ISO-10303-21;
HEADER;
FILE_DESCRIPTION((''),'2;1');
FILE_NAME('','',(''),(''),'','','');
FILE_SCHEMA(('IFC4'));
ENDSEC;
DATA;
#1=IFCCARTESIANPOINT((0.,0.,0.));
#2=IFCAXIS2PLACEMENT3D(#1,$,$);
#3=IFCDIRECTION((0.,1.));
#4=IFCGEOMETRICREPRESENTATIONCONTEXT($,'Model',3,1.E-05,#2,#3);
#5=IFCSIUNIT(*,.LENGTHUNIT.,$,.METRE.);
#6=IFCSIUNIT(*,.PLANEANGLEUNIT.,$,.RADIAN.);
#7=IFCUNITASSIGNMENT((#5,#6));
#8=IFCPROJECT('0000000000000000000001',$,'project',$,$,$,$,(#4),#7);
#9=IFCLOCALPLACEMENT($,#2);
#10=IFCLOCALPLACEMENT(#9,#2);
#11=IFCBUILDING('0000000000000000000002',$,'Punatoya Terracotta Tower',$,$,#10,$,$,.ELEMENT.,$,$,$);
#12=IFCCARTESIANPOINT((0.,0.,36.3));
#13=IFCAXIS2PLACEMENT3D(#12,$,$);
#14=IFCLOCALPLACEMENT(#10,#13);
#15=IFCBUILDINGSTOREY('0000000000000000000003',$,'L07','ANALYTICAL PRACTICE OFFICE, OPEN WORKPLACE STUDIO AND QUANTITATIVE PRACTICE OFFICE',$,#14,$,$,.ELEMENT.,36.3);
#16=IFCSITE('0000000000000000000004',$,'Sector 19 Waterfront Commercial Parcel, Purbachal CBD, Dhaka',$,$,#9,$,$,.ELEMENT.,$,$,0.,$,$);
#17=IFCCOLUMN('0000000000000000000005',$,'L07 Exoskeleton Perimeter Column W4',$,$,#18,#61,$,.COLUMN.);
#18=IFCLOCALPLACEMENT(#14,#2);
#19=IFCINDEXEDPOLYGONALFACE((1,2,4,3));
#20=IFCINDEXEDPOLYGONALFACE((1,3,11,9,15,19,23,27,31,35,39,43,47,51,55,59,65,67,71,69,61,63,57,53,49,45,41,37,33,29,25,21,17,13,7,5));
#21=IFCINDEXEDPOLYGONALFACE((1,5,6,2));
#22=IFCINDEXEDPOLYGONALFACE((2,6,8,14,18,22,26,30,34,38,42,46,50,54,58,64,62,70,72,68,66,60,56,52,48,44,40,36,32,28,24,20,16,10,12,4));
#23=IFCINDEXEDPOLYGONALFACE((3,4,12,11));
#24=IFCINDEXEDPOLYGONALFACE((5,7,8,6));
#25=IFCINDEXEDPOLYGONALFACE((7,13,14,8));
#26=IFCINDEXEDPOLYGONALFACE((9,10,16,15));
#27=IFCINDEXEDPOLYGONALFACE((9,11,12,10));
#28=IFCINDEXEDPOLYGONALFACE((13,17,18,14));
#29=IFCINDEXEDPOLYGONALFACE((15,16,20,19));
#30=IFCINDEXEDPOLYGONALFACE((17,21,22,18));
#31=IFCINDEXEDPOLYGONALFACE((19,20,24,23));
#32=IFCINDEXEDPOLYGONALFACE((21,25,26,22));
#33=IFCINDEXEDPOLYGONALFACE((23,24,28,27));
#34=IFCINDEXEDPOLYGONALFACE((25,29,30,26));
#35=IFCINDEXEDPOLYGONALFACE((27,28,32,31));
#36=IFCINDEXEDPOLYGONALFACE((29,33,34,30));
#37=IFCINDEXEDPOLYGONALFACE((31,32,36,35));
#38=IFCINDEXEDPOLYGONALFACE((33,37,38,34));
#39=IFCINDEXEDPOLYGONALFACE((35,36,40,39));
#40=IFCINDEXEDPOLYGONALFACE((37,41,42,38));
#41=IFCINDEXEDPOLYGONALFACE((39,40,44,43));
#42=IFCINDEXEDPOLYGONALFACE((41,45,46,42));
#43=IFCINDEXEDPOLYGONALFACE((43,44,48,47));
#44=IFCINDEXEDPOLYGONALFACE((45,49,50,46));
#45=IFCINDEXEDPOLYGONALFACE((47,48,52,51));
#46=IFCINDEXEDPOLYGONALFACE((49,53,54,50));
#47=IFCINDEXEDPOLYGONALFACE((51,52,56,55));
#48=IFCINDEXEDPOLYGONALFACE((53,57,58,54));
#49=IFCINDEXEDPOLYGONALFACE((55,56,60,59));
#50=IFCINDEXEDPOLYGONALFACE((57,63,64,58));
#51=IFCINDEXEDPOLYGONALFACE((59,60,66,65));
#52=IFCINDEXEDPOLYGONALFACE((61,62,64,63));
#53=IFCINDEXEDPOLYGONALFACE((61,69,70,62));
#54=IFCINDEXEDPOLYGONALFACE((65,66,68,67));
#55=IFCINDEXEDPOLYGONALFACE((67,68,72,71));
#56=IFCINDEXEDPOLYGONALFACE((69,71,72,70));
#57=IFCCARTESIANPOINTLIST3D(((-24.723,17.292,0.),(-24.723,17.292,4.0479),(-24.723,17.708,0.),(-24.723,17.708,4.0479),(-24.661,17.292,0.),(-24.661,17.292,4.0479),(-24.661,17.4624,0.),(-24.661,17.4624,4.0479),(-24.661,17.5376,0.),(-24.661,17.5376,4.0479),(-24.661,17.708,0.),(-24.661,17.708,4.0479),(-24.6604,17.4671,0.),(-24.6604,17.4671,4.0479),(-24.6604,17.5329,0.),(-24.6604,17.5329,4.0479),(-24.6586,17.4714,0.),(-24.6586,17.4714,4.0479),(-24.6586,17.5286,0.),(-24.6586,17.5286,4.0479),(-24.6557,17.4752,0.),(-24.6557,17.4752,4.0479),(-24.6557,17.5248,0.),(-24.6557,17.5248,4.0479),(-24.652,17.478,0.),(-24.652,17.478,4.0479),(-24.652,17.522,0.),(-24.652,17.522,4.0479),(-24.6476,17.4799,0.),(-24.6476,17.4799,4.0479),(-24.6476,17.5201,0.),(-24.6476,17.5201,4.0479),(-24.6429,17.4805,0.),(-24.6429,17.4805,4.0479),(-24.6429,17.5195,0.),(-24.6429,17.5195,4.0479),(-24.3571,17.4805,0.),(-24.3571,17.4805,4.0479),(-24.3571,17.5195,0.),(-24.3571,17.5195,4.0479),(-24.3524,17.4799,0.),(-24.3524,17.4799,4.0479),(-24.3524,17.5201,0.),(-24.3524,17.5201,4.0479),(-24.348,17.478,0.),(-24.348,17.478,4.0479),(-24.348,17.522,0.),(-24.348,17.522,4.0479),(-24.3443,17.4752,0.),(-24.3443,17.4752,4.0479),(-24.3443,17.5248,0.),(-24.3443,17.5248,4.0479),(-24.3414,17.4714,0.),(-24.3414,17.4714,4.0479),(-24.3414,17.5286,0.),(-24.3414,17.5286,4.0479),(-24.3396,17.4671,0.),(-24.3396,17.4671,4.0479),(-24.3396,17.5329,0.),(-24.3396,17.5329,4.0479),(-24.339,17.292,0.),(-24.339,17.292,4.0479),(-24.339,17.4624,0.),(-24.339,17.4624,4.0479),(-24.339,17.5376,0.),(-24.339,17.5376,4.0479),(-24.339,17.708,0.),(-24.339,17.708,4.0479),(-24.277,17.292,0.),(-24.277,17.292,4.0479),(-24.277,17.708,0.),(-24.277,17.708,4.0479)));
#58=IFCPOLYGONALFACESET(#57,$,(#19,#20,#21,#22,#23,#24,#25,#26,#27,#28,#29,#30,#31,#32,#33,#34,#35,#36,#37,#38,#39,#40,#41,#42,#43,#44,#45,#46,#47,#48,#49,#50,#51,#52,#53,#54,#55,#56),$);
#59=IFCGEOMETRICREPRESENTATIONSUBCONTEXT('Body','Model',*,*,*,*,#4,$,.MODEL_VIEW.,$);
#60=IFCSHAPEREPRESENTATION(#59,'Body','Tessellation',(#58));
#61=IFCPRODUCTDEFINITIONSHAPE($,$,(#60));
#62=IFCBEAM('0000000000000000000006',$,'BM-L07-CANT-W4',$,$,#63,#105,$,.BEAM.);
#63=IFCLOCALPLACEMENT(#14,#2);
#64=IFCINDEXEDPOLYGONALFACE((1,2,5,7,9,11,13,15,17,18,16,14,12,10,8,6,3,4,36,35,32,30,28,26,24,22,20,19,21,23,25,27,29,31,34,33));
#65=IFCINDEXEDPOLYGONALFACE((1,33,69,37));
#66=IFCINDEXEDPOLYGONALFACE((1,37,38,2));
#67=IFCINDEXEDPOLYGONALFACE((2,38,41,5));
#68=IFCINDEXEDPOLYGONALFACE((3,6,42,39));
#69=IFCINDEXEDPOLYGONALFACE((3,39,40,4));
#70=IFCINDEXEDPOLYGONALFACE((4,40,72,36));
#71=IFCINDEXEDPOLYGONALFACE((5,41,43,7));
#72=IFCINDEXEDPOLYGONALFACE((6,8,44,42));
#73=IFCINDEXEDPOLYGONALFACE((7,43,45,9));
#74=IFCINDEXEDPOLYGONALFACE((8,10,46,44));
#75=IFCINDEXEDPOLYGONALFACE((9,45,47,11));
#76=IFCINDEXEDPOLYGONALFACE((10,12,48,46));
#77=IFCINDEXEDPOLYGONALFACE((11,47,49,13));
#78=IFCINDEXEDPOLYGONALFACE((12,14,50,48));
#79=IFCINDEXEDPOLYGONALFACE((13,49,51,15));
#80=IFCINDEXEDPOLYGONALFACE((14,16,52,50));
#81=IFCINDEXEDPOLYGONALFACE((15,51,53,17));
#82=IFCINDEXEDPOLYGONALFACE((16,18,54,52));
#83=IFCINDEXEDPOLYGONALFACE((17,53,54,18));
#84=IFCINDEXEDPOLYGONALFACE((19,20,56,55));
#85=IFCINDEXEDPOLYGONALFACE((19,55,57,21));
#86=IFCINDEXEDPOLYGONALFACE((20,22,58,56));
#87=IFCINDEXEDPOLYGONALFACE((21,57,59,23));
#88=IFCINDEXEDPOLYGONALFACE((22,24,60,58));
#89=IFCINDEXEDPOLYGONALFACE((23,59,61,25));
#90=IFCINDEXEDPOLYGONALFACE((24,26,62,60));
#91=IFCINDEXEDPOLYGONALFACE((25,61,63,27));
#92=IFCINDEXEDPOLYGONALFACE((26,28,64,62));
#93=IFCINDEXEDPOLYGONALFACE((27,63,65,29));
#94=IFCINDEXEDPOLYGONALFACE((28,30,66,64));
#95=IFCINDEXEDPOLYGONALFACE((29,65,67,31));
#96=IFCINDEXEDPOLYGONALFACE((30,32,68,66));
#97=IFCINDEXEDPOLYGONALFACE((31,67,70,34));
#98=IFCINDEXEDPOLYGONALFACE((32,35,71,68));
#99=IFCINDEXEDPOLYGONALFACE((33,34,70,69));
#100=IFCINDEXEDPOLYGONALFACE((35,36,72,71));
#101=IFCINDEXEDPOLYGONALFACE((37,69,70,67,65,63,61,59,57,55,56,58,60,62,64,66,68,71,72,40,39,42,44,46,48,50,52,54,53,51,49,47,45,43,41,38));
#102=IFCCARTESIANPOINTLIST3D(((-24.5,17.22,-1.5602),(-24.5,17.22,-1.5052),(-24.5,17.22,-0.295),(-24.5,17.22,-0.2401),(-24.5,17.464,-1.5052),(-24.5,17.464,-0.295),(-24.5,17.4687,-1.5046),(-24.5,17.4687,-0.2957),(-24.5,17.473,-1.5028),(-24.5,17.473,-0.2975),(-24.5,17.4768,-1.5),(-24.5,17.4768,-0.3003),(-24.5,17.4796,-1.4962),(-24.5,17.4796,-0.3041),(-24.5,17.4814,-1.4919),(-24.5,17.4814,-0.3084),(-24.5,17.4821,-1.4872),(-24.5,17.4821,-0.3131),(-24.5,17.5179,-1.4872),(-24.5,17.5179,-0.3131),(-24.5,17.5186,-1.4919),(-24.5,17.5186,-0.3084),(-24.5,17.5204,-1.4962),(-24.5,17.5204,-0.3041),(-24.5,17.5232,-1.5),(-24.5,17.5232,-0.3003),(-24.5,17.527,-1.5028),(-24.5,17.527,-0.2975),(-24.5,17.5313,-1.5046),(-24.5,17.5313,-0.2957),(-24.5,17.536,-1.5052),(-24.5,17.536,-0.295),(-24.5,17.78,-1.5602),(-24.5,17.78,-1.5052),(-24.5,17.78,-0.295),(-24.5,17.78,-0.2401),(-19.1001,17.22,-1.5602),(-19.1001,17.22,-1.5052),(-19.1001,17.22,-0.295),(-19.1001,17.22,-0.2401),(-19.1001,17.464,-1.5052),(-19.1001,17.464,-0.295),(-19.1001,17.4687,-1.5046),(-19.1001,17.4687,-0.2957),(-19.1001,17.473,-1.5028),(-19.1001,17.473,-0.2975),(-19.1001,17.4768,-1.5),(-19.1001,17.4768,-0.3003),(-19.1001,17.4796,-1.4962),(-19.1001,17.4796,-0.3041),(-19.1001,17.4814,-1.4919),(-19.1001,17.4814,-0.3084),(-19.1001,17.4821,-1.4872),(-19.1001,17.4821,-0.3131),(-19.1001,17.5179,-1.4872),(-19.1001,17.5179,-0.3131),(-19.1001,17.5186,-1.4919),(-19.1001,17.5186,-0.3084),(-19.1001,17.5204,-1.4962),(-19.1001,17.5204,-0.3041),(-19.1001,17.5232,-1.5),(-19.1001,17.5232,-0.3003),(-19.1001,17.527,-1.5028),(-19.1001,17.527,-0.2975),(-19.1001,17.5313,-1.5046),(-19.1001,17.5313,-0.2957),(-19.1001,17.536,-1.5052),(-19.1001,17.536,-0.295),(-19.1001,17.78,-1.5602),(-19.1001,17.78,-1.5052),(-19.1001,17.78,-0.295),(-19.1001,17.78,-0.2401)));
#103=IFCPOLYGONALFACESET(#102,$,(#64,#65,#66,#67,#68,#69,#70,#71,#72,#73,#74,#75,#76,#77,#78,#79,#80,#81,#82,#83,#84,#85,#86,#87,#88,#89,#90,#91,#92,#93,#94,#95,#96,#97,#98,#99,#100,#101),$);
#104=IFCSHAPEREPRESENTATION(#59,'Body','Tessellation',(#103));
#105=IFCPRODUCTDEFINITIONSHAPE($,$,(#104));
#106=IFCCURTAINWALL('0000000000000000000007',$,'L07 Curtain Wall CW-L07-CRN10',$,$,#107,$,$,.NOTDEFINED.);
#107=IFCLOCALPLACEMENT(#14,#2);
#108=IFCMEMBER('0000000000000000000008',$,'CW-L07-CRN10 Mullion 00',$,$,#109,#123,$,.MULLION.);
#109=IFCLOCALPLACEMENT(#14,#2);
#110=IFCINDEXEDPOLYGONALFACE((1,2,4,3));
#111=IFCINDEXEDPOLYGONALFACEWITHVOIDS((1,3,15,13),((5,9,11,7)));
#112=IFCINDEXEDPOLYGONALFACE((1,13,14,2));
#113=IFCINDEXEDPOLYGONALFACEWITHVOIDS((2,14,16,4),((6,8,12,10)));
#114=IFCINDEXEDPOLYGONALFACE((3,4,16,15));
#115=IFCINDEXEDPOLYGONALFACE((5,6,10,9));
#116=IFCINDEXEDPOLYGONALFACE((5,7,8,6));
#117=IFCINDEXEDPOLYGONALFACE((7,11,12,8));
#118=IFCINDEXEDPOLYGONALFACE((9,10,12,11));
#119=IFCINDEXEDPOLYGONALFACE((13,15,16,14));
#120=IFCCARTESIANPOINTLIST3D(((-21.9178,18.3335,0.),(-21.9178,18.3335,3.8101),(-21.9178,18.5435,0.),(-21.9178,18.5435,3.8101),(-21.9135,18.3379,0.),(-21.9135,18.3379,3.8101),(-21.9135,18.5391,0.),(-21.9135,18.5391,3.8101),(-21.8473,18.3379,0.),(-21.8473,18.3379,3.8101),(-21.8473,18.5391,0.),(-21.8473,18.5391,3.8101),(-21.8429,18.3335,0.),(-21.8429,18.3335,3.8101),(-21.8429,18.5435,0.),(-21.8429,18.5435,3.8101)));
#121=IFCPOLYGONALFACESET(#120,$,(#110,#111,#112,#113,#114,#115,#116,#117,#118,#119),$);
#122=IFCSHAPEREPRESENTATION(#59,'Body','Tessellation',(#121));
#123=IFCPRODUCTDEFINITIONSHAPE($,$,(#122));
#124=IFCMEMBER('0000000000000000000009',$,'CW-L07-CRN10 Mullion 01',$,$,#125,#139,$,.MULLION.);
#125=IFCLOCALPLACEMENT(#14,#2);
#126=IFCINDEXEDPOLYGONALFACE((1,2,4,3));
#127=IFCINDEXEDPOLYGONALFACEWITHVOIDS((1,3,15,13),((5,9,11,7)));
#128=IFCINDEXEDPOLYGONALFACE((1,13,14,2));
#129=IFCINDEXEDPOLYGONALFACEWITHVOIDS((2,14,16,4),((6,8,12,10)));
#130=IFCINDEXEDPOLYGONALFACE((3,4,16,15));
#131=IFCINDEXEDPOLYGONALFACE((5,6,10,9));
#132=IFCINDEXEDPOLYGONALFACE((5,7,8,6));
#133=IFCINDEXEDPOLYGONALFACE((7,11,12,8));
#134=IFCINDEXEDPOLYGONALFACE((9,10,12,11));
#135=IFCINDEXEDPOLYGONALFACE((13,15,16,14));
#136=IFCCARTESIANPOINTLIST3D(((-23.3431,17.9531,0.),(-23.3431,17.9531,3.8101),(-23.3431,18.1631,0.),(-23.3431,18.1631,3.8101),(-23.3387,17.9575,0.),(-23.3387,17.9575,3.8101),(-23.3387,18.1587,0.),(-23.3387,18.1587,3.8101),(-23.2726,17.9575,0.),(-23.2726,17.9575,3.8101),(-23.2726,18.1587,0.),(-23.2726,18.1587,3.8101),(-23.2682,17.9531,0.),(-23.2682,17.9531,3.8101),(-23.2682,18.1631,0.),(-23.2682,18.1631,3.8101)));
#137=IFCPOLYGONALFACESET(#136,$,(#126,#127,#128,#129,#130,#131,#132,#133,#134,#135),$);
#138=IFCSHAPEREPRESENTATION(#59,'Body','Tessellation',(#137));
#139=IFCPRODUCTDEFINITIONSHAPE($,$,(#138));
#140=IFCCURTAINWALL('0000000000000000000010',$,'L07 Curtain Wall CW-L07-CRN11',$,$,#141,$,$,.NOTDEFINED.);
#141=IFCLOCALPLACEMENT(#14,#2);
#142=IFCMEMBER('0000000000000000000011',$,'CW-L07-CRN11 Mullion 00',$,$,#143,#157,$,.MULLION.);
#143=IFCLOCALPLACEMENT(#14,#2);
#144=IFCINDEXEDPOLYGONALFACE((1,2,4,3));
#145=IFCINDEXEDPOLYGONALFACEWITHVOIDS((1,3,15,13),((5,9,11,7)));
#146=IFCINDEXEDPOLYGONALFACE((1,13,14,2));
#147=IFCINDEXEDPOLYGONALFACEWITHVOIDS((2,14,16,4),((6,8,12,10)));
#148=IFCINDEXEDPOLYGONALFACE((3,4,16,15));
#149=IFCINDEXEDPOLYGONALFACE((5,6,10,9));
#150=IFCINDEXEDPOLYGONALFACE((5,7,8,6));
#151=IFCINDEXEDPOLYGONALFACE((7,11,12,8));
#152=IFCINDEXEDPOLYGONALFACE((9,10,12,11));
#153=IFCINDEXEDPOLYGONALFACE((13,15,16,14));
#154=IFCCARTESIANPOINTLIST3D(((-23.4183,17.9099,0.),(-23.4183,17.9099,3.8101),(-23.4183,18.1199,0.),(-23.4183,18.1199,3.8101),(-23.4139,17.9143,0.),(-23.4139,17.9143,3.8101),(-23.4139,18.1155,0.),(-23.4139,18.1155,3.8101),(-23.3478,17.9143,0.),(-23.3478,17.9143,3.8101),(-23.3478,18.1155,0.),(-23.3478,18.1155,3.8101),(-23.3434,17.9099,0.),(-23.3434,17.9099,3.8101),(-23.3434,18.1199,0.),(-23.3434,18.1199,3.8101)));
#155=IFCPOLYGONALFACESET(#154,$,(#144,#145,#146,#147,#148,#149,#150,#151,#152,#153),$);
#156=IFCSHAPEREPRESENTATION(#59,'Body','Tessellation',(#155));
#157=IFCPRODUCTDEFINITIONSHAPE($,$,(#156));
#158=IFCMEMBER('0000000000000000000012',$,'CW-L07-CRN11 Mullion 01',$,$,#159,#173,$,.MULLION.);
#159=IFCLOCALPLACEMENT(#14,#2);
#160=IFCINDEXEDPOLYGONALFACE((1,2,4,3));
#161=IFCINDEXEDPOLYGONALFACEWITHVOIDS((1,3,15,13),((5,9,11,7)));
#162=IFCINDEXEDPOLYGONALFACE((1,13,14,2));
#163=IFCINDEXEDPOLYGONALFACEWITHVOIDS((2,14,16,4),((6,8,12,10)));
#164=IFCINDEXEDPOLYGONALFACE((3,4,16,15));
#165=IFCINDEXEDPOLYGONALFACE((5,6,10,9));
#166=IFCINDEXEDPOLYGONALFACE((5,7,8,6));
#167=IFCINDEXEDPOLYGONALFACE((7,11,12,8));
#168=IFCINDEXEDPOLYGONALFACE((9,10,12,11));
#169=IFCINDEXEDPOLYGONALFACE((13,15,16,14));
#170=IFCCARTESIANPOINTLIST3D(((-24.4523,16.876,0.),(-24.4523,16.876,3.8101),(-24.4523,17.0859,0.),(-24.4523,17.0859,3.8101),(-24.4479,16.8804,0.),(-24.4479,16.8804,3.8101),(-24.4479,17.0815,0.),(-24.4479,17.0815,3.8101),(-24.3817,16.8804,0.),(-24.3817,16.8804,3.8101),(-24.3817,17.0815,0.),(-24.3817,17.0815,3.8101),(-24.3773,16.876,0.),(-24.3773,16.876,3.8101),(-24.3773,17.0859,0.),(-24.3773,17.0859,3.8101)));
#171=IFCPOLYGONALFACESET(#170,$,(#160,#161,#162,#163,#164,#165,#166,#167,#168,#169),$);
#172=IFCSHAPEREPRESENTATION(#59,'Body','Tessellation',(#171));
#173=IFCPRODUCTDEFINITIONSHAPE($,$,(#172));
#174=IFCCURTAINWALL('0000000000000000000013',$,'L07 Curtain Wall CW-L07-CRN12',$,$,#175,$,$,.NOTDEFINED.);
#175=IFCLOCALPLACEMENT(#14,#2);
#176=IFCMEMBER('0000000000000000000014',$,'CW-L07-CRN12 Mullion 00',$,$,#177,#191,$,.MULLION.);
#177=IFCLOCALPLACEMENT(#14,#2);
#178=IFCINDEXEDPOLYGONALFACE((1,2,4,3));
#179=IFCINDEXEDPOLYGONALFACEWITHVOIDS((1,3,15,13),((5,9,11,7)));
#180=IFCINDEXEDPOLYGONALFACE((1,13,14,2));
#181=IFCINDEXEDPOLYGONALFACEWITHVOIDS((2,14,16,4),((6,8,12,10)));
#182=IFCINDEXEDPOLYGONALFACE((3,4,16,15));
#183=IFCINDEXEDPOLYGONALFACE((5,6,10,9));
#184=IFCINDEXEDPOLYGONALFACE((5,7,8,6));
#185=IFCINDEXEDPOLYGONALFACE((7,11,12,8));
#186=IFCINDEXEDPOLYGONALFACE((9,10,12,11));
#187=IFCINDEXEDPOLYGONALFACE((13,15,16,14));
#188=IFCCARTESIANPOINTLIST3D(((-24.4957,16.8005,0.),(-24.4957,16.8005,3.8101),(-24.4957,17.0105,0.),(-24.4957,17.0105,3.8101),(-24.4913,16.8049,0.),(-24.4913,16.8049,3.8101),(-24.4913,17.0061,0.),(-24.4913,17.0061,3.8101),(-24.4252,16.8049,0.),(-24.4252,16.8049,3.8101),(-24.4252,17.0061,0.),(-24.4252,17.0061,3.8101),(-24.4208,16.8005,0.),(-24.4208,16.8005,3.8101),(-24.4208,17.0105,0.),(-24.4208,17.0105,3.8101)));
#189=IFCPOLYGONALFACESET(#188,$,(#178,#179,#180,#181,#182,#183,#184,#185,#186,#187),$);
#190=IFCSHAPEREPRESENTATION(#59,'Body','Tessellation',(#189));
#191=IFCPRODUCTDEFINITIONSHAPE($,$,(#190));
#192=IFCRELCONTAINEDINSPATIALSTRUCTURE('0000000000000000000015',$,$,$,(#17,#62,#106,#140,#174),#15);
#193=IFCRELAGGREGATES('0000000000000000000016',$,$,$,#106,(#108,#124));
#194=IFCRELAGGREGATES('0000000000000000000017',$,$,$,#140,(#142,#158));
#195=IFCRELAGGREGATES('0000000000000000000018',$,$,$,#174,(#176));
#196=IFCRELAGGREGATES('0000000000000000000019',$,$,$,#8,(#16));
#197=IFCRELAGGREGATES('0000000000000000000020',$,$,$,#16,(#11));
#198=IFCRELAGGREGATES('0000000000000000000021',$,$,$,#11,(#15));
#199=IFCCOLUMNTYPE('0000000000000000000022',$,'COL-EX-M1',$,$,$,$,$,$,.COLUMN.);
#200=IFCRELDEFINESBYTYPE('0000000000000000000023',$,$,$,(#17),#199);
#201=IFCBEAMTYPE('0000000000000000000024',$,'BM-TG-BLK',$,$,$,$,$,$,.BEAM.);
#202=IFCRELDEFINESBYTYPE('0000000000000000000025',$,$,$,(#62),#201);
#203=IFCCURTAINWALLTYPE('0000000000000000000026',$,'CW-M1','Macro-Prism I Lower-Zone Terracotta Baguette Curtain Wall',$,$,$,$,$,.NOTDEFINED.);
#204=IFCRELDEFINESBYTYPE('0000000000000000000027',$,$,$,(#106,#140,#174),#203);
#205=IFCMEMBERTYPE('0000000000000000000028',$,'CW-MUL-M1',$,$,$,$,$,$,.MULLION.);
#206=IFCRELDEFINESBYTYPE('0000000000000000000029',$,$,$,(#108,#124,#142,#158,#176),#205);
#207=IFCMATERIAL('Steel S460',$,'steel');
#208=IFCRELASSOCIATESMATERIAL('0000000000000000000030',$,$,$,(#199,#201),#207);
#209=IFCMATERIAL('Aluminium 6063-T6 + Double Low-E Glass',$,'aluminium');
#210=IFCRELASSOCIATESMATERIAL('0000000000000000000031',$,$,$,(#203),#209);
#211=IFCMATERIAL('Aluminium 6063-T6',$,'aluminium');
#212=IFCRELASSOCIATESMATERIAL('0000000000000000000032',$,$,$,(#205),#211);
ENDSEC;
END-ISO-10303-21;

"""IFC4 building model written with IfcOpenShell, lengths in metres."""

from ifc_helpers import new_model, si_unit, direction, frame, origin, origin_2d, place, context, subcontext, project, spatial, hollow_rectangle, i_section, extrude, material, material_profile, profile_set, type_object, element, aggregate, save


model = new_model("IFC4")

# Units and contexts
model_context = context("Model", 3, precision=1e-05, world=origin(), true_north=direction((0.0, 1.0)))
body_context = subcontext(model_context, "Body", "Model", "MODEL_VIEW")
ifc_project = project(units=[si_unit("LENGTHUNIT", "METRE"), si_unit("PLANEANGLEUNIT", "RADIAN")], contexts=[model_context])

# Site, building, storey
site_placement = place(None, origin())
site = spatial("IfcSite", under=ifc_project, at=site_placement, Name="Sector 19 Waterfront Commercial Parcel, Purbachal CBD, Dhaka", CompositionType="ELEMENT", RefElevation=0.0)
building_placement = place(site_placement, origin())
building = spatial("IfcBuilding", under=site, at=building_placement, Name="Punatoya Terracotta Tower", CompositionType="ELEMENT")
storey_placement = place(building_placement, frame((0.0, 0.0, 36.3)))
storey = spatial("IfcBuildingStorey", under=building, at=storey_placement, Name="L07", Description="ANALYTICAL PRACTICE OFFICE, OPEN WORKPLACE STUDIO AND QUANTITATIVE PRACTICE OFFICE", CompositionType="ELEMENT", Elevation=36.3)

# Column
ifc_material_1 = material(Name="Steel S460", Category="steel")
ifc_material_profile_1 = material_profile(ifc_material_1, i_section(OverallWidth=0.416, OverallDepth=0.446, WebThickness=0.0391, FlangeThickness=0.062, FilletRadius=0.0181, at=origin_2d()))
ifc_profile_set_1 = profile_set([ifc_material_profile_1], Name="Steel S460")
column_type = type_object("IfcColumnType", Name="COL-EX-M1", PredefinedType="COLUMN", material=ifc_profile_set_1)
column_placement = place(storey_placement, frame((-24.5, 17.5, 0.0), z_axis=(0.0, 0.0, 1.0), x_axis=(0.0, 1.0, 0.0)))
element("IfcColumn", 1, at=column_placement, inside=storey, type_object=column_type, Name="L07 Exoskeleton Perimeter Column W4", PredefinedType="COLUMN", context=body_context, shape_type="SweptSolid", body=[
    extrude(i_section(OverallWidth=0.416, OverallDepth=0.446, WebThickness=0.0391, FlangeThickness=0.062, FilletRadius=0.0181, at=origin_2d()), origin(), (0.0, 0.0, 1.0), 4.0479),
])

# Beam
ifc_material_profile_2 = material_profile(ifc_material_1, i_section(OverallWidth=0.5601, OverallDepth=1.3201, WebThickness=0.0359, FlangeThickness=0.0549, FilletRadius=0.0181, at=origin_2d()))
ifc_profile_set_2 = profile_set([ifc_material_profile_2], Name="Steel S460")
beam_type = type_object("IfcBeamType", Name="BM-TG-BLK", PredefinedType="BEAM", material=ifc_profile_set_2)
beam_placement = place(storey_placement, frame((-24.5, 17.5, -0.9001), z_axis=(1.0, 0.0, 0.0), x_axis=(0.0, 1.0, 0.0)))
element("IfcBeam", 2, at=beam_placement, inside=storey, type_object=beam_type, Name="BM-L07-CANT-W4", PredefinedType="BEAM", context=body_context, shape_type="SweptSolid", body=[
    extrude(i_section(OverallWidth=0.5601, OverallDepth=1.3201, WebThickness=0.0359, FlangeThickness=0.0549, FilletRadius=0.0181, at=origin_2d()), origin(), (0.0, 0.0, 1.0), 5.3999),
])

# Curtain walls, members
ifc_material_2 = material(Name="Aluminium 6063-T6 + Double Low-E Glass", Category="aluminium")
curtain_wall_type = type_object("IfcCurtainWallType", Name="CW-M1", Description="Macro-Prism I Lower-Zone Terracotta Baguette Curtain Wall", PredefinedType="NOTDEFINED", material=ifc_material_2)
curtain_wall_1_placement = place(storey_placement, origin())
curtain_wall_1 = element("IfcCurtainWall", 3, at=curtain_wall_1_placement, inside=storey, type_object=curtain_wall_type, Name="L07 Curtain Wall CW-L07-CRN10", PredefinedType="NOTDEFINED")
ifc_material_3 = material(Name="Aluminium 6063-T6", Category="aluminium")
ifc_material_profile_3 = material_profile(ifc_material_3, hollow_rectangle(XDim=0.075, YDim=0.21, WallThickness=0.0044, at=origin_2d()))
ifc_profile_set_3 = profile_set([ifc_material_profile_3], Name="Aluminium 6063-T6")
member_type_1 = type_object("IfcMemberType", Name="CW-MUL-M1", PredefinedType="MULLION", material=ifc_profile_set_3)
member_1_placement = place(storey_placement, frame((-21.8804, 18.4385, 0.0), z_axis=(0.0, 0.0, 1.0), x_axis=(1.0, 0.0, 0.0)))
member_1 = element("IfcMember", 4, at=member_1_placement, type_object=member_type_1, Name="CW-L07-CRN10 Mullion 00", PredefinedType="MULLION", context=body_context, shape_type="SweptSolid", body=[
    extrude(hollow_rectangle(XDim=0.075, YDim=0.21, WallThickness=0.0044, at=origin_2d()), origin(), (0.0, 0.0, 1.0), 3.8101),
])
member_2_placement = place(storey_placement, frame((-23.3057, 18.0581, 0.0), z_axis=(0.0, 0.0, 1.0), x_axis=(1.0, 0.0, 0.0)))
member_2 = element("IfcMember", 5, at=member_2_placement, type_object=member_type_1, Name="CW-L07-CRN10 Mullion 01", PredefinedType="MULLION", context=body_context, shape_type="SweptSolid", body=[
    extrude(hollow_rectangle(XDim=0.075, YDim=0.21, WallThickness=0.0044, at=origin_2d()), origin(), (0.0, 0.0, 1.0), 3.8101),
])
curtain_wall_2_placement = place(storey_placement, origin())
curtain_wall_2 = element("IfcCurtainWall", 6, at=curtain_wall_2_placement, inside=storey, type_object=curtain_wall_type, Name="L07 Curtain Wall CW-L07-CRN11", PredefinedType="NOTDEFINED")
member_3_placement = place(storey_placement, frame((-23.3809, 18.0149, 0.0), z_axis=(0.0, 0.0, 1.0), x_axis=(1.0, 0.0, 0.0)))
member_3 = element("IfcMember", 7, at=member_3_placement, type_object=member_type_1, Name="CW-L07-CRN11 Mullion 00", PredefinedType="MULLION", context=body_context, shape_type="SweptSolid", body=[
    extrude(hollow_rectangle(XDim=0.075, YDim=0.21, WallThickness=0.0044, at=origin_2d()), origin(), (0.0, 0.0, 1.0), 3.8101),
])
member_4_placement = place(storey_placement, frame((-24.4148, 16.981, 0.0), z_axis=(0.0, 0.0, 1.0), x_axis=(1.0, 0.0, 0.0)))
member_4 = element("IfcMember", 8, at=member_4_placement, type_object=member_type_1, Name="CW-L07-CRN11 Mullion 01", PredefinedType="MULLION", context=body_context, shape_type="SweptSolid", body=[
    extrude(hollow_rectangle(XDim=0.075, YDim=0.21, WallThickness=0.0044, at=origin_2d()), origin(), (0.0, 0.0, 1.0), 3.8101),
])
curtain_wall_3_placement = place(storey_placement, origin())
curtain_wall_3 = element("IfcCurtainWall", 9, at=curtain_wall_3_placement, inside=storey, type_object=curtain_wall_type, Name="L07 Curtain Wall CW-L07-CRN12", PredefinedType="NOTDEFINED")
member_5_placement = place(storey_placement, frame((-24.4583, 16.9055, 0.0), z_axis=(0.0, 0.0, 1.0), x_axis=(1.0, 0.0, 0.0)))
member_5 = element("IfcMember", 10, at=member_5_placement, type_object=member_type_1, Name="CW-L07-CRN12 Mullion 00", PredefinedType="MULLION", context=body_context, shape_type="SweptSolid", body=[
    extrude(hollow_rectangle(XDim=0.075, YDim=0.21, WallThickness=0.0044, at=origin_2d()), origin(), (0.0, 0.0, 1.0), 3.8101),
])

aggregate(curtain_wall_1, [member_1, member_2])
aggregate(curtain_wall_2, [member_3, member_4])
aggregate(curtain_wall_3, [member_5])

save(model, "model.ifc")
